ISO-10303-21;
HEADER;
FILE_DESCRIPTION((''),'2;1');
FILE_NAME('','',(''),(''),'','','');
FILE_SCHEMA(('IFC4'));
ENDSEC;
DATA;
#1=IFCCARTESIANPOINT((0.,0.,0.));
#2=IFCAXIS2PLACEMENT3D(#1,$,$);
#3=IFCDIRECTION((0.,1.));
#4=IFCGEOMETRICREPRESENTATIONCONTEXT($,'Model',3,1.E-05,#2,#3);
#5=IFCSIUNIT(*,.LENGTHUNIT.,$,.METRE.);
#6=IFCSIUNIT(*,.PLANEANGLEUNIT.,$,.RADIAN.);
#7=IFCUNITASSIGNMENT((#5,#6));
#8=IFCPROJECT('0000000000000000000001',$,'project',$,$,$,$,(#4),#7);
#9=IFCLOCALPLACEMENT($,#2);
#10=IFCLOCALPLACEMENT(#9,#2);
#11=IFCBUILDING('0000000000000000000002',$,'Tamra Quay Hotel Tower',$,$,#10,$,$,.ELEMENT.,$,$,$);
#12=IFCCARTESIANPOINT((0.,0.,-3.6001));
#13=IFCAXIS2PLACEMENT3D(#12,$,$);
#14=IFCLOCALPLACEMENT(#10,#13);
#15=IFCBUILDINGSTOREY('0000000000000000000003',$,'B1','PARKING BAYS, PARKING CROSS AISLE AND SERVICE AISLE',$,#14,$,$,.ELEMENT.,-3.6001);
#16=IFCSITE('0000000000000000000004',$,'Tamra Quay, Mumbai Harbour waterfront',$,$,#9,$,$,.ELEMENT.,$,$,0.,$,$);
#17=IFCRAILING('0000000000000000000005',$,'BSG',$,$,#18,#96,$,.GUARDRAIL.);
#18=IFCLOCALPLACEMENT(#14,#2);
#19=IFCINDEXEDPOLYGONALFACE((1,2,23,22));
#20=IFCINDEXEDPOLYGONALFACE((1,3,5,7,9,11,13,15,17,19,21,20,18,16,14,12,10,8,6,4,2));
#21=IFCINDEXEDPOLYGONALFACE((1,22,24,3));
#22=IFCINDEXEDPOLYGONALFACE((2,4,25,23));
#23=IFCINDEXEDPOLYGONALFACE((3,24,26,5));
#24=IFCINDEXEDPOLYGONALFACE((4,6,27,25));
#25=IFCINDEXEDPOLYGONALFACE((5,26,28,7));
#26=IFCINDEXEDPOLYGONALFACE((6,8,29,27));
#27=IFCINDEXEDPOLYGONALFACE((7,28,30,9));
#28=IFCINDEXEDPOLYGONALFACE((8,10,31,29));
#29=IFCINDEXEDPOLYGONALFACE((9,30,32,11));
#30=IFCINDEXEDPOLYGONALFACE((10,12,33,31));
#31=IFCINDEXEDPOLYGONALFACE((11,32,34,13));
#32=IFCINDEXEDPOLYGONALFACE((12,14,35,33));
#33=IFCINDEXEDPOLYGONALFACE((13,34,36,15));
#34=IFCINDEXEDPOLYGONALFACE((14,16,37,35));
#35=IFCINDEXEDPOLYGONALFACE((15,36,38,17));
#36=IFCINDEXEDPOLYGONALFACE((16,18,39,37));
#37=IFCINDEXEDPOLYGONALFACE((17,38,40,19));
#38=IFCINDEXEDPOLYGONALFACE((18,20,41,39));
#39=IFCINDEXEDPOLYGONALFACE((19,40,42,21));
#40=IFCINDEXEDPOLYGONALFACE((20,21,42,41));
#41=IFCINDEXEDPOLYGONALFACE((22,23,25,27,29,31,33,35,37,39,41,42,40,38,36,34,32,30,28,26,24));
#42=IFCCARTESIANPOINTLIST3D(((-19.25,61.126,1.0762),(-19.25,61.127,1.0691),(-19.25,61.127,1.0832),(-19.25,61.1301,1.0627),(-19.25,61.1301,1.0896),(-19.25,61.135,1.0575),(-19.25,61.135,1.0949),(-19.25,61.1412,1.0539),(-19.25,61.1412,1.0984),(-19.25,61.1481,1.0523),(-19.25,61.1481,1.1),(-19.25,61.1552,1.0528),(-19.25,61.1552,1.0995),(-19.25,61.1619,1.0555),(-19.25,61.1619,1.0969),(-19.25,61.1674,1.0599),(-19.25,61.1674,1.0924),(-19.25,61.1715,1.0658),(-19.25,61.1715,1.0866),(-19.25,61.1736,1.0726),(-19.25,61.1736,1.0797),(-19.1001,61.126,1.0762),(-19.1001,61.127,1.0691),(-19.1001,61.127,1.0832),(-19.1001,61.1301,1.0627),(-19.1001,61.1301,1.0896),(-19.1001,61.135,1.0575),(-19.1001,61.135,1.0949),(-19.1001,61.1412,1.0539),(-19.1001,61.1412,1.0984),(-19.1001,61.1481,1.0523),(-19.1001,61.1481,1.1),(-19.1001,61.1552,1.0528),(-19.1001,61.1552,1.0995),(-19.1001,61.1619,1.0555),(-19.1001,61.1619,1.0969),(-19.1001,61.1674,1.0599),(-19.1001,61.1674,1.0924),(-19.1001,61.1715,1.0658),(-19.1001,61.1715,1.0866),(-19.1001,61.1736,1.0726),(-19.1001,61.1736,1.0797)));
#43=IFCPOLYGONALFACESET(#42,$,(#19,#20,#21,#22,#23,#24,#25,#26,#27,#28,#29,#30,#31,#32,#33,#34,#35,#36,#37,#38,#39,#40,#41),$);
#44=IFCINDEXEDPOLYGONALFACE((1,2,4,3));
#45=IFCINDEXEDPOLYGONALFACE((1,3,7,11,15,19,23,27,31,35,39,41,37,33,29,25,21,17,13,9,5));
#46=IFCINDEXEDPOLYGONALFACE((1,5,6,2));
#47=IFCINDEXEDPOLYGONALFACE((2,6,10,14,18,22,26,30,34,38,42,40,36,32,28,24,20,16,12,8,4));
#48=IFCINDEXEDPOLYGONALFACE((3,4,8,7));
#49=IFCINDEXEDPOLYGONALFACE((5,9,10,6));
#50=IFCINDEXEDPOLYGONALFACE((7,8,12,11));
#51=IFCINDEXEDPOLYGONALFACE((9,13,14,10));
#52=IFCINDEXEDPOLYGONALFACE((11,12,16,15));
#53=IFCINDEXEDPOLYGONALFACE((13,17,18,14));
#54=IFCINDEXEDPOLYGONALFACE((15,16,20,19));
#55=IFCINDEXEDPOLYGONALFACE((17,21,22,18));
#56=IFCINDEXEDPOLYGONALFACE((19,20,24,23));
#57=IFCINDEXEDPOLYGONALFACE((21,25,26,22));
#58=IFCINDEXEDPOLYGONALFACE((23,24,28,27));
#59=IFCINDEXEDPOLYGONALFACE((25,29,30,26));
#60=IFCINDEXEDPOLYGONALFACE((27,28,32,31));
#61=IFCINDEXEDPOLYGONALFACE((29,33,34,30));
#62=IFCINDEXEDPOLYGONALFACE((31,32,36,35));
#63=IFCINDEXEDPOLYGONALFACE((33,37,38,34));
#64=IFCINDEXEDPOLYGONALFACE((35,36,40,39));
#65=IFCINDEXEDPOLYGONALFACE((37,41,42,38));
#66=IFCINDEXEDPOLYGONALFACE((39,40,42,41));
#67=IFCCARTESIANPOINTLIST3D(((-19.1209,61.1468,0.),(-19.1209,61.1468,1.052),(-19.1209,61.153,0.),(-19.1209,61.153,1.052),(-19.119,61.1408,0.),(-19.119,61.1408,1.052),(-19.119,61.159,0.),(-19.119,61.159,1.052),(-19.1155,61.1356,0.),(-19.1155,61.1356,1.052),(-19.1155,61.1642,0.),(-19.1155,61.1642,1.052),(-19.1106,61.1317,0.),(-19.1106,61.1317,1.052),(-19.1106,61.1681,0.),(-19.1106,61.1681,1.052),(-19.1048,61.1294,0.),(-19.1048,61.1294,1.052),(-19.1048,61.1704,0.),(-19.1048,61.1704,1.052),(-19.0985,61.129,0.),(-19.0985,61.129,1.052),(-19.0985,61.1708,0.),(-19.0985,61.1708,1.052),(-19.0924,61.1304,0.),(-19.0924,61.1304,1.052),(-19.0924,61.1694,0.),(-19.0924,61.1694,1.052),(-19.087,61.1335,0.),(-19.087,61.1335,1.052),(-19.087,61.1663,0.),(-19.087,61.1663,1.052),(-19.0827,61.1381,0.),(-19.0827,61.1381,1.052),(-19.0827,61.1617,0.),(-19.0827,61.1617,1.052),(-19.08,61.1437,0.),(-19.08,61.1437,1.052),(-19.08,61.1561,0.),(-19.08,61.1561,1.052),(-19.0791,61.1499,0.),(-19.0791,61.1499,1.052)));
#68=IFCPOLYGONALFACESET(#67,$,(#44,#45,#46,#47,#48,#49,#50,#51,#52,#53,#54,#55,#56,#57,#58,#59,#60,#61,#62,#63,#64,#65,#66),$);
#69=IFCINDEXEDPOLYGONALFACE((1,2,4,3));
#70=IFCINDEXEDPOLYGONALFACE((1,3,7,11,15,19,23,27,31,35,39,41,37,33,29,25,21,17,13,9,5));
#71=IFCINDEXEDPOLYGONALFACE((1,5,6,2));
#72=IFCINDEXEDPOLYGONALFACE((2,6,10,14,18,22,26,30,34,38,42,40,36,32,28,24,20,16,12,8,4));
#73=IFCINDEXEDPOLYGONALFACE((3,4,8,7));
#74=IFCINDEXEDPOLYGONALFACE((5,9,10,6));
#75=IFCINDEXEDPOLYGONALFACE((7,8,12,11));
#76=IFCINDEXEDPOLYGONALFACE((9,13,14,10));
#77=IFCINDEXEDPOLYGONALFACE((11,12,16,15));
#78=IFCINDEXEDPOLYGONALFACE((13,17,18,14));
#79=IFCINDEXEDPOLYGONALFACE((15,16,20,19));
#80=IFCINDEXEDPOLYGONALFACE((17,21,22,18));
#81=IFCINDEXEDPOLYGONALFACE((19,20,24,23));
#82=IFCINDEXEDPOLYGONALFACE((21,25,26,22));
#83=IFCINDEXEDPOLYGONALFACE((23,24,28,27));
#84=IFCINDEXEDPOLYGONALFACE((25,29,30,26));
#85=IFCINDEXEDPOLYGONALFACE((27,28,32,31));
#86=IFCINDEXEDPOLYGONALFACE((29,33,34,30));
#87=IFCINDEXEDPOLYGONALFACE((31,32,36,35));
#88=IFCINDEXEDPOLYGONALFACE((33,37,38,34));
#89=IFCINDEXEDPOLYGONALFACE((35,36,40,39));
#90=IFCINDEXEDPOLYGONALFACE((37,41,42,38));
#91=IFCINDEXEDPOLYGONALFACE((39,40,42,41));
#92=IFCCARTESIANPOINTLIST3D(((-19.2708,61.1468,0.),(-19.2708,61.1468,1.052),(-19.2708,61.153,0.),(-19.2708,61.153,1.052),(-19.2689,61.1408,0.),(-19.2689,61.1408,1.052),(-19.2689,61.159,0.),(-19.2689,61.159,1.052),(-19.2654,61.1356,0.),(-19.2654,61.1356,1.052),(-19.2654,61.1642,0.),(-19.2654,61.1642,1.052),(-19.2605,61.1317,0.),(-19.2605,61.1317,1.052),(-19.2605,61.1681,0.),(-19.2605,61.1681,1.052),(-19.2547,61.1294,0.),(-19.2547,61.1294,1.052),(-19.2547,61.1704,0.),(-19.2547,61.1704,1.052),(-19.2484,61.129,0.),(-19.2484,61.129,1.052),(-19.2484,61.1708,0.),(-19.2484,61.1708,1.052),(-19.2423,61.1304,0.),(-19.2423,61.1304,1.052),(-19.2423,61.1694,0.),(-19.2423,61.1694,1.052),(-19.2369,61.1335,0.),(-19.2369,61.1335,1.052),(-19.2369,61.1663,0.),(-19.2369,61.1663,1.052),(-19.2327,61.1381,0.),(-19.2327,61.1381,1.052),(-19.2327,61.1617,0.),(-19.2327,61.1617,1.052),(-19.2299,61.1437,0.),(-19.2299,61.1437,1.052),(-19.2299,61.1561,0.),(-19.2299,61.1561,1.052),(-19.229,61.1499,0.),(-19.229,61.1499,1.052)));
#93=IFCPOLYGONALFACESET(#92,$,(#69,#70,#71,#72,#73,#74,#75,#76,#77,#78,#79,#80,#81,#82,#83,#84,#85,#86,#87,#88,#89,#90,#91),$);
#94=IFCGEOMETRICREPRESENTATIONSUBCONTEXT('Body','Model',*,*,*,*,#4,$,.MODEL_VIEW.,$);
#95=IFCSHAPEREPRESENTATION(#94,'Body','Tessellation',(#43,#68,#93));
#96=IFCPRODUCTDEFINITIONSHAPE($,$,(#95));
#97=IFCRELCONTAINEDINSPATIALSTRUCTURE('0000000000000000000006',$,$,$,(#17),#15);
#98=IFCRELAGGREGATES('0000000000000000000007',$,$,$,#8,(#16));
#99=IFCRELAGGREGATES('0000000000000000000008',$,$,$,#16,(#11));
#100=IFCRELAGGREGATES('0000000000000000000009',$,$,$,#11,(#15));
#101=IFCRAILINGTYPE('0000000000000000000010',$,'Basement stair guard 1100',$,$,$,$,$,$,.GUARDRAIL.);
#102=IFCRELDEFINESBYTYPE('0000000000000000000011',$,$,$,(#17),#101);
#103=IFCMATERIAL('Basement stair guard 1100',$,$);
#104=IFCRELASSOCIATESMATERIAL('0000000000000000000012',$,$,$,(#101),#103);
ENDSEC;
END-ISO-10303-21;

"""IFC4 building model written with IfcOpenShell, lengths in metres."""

from ifc_helpers import new_model, si_unit, direction, frame, origin, origin_2d, place, context, subcontext, project, spatial, circle, extrude, material, type_object, element, save


model = new_model("IFC4")

# Units and contexts
model_context = context("Model", 3, precision=1e-05, world=origin(), true_north=direction((0.0, 1.0)))
body_context = subcontext(model_context, "Body", "Model", "MODEL_VIEW")
ifc_project = project(units=[si_unit("LENGTHUNIT", "METRE"), si_unit("PLANEANGLEUNIT", "RADIAN")], contexts=[model_context])

# Site, building, storey
site_placement = place(None, origin())
site = spatial("IfcSite", under=ifc_project, at=site_placement, Name="Tamra Quay, Mumbai Harbour waterfront", CompositionType="ELEMENT", RefElevation=0.0)
building_placement = place(site_placement, origin())
building = spatial("IfcBuilding", under=site, at=building_placement, Name="Tamra Quay Hotel Tower", CompositionType="ELEMENT")
storey_placement = place(building_placement, frame((0.0, 0.0, -3.6001)))
storey = spatial("IfcBuildingStorey", under=building, at=storey_placement, Name="B1", Description="PARKING BAYS, PARKING CROSS AISLE AND SERVICE AISLE", CompositionType="ELEMENT", Elevation=-3.6001)

# Railing
ifc_material_1 = material(Name="Basement stair guard 1100")
railing_type_1 = type_object("IfcRailingType", Name="Basement stair guard 1100", PredefinedType="GUARDRAIL", material=ifc_material_1)
railing_1_placement = place(storey_placement, frame((-19.1001, 61.1499, 0.0)))
element("IfcRailing", 1, at=railing_1_placement, inside=storey, type_object=railing_type_1, Name="BSG", PredefinedType="GUARDRAIL", context=body_context, shape_type="SweptSolid", body=[
    extrude(circle(Radius=0.0239, at=origin_2d()), frame((0.0, 0.0, 1.0762), z_axis=(-1.0, 0.0, 0.0), x_axis=(0.0, -1.0, 0.0)), (0.0, 0.0, 1.0), 0.1499),
    extrude(circle(Radius=0.021, at=origin_2d()), origin(), (0.0, 0.0, 1.0), 1.052),
    extrude(circle(Radius=0.021, at=origin_2d()), frame((-0.1499, 0.0, 0.0)), (0.0, 0.0, 1.0), 1.052),
])

save(model, "model.ifc")
